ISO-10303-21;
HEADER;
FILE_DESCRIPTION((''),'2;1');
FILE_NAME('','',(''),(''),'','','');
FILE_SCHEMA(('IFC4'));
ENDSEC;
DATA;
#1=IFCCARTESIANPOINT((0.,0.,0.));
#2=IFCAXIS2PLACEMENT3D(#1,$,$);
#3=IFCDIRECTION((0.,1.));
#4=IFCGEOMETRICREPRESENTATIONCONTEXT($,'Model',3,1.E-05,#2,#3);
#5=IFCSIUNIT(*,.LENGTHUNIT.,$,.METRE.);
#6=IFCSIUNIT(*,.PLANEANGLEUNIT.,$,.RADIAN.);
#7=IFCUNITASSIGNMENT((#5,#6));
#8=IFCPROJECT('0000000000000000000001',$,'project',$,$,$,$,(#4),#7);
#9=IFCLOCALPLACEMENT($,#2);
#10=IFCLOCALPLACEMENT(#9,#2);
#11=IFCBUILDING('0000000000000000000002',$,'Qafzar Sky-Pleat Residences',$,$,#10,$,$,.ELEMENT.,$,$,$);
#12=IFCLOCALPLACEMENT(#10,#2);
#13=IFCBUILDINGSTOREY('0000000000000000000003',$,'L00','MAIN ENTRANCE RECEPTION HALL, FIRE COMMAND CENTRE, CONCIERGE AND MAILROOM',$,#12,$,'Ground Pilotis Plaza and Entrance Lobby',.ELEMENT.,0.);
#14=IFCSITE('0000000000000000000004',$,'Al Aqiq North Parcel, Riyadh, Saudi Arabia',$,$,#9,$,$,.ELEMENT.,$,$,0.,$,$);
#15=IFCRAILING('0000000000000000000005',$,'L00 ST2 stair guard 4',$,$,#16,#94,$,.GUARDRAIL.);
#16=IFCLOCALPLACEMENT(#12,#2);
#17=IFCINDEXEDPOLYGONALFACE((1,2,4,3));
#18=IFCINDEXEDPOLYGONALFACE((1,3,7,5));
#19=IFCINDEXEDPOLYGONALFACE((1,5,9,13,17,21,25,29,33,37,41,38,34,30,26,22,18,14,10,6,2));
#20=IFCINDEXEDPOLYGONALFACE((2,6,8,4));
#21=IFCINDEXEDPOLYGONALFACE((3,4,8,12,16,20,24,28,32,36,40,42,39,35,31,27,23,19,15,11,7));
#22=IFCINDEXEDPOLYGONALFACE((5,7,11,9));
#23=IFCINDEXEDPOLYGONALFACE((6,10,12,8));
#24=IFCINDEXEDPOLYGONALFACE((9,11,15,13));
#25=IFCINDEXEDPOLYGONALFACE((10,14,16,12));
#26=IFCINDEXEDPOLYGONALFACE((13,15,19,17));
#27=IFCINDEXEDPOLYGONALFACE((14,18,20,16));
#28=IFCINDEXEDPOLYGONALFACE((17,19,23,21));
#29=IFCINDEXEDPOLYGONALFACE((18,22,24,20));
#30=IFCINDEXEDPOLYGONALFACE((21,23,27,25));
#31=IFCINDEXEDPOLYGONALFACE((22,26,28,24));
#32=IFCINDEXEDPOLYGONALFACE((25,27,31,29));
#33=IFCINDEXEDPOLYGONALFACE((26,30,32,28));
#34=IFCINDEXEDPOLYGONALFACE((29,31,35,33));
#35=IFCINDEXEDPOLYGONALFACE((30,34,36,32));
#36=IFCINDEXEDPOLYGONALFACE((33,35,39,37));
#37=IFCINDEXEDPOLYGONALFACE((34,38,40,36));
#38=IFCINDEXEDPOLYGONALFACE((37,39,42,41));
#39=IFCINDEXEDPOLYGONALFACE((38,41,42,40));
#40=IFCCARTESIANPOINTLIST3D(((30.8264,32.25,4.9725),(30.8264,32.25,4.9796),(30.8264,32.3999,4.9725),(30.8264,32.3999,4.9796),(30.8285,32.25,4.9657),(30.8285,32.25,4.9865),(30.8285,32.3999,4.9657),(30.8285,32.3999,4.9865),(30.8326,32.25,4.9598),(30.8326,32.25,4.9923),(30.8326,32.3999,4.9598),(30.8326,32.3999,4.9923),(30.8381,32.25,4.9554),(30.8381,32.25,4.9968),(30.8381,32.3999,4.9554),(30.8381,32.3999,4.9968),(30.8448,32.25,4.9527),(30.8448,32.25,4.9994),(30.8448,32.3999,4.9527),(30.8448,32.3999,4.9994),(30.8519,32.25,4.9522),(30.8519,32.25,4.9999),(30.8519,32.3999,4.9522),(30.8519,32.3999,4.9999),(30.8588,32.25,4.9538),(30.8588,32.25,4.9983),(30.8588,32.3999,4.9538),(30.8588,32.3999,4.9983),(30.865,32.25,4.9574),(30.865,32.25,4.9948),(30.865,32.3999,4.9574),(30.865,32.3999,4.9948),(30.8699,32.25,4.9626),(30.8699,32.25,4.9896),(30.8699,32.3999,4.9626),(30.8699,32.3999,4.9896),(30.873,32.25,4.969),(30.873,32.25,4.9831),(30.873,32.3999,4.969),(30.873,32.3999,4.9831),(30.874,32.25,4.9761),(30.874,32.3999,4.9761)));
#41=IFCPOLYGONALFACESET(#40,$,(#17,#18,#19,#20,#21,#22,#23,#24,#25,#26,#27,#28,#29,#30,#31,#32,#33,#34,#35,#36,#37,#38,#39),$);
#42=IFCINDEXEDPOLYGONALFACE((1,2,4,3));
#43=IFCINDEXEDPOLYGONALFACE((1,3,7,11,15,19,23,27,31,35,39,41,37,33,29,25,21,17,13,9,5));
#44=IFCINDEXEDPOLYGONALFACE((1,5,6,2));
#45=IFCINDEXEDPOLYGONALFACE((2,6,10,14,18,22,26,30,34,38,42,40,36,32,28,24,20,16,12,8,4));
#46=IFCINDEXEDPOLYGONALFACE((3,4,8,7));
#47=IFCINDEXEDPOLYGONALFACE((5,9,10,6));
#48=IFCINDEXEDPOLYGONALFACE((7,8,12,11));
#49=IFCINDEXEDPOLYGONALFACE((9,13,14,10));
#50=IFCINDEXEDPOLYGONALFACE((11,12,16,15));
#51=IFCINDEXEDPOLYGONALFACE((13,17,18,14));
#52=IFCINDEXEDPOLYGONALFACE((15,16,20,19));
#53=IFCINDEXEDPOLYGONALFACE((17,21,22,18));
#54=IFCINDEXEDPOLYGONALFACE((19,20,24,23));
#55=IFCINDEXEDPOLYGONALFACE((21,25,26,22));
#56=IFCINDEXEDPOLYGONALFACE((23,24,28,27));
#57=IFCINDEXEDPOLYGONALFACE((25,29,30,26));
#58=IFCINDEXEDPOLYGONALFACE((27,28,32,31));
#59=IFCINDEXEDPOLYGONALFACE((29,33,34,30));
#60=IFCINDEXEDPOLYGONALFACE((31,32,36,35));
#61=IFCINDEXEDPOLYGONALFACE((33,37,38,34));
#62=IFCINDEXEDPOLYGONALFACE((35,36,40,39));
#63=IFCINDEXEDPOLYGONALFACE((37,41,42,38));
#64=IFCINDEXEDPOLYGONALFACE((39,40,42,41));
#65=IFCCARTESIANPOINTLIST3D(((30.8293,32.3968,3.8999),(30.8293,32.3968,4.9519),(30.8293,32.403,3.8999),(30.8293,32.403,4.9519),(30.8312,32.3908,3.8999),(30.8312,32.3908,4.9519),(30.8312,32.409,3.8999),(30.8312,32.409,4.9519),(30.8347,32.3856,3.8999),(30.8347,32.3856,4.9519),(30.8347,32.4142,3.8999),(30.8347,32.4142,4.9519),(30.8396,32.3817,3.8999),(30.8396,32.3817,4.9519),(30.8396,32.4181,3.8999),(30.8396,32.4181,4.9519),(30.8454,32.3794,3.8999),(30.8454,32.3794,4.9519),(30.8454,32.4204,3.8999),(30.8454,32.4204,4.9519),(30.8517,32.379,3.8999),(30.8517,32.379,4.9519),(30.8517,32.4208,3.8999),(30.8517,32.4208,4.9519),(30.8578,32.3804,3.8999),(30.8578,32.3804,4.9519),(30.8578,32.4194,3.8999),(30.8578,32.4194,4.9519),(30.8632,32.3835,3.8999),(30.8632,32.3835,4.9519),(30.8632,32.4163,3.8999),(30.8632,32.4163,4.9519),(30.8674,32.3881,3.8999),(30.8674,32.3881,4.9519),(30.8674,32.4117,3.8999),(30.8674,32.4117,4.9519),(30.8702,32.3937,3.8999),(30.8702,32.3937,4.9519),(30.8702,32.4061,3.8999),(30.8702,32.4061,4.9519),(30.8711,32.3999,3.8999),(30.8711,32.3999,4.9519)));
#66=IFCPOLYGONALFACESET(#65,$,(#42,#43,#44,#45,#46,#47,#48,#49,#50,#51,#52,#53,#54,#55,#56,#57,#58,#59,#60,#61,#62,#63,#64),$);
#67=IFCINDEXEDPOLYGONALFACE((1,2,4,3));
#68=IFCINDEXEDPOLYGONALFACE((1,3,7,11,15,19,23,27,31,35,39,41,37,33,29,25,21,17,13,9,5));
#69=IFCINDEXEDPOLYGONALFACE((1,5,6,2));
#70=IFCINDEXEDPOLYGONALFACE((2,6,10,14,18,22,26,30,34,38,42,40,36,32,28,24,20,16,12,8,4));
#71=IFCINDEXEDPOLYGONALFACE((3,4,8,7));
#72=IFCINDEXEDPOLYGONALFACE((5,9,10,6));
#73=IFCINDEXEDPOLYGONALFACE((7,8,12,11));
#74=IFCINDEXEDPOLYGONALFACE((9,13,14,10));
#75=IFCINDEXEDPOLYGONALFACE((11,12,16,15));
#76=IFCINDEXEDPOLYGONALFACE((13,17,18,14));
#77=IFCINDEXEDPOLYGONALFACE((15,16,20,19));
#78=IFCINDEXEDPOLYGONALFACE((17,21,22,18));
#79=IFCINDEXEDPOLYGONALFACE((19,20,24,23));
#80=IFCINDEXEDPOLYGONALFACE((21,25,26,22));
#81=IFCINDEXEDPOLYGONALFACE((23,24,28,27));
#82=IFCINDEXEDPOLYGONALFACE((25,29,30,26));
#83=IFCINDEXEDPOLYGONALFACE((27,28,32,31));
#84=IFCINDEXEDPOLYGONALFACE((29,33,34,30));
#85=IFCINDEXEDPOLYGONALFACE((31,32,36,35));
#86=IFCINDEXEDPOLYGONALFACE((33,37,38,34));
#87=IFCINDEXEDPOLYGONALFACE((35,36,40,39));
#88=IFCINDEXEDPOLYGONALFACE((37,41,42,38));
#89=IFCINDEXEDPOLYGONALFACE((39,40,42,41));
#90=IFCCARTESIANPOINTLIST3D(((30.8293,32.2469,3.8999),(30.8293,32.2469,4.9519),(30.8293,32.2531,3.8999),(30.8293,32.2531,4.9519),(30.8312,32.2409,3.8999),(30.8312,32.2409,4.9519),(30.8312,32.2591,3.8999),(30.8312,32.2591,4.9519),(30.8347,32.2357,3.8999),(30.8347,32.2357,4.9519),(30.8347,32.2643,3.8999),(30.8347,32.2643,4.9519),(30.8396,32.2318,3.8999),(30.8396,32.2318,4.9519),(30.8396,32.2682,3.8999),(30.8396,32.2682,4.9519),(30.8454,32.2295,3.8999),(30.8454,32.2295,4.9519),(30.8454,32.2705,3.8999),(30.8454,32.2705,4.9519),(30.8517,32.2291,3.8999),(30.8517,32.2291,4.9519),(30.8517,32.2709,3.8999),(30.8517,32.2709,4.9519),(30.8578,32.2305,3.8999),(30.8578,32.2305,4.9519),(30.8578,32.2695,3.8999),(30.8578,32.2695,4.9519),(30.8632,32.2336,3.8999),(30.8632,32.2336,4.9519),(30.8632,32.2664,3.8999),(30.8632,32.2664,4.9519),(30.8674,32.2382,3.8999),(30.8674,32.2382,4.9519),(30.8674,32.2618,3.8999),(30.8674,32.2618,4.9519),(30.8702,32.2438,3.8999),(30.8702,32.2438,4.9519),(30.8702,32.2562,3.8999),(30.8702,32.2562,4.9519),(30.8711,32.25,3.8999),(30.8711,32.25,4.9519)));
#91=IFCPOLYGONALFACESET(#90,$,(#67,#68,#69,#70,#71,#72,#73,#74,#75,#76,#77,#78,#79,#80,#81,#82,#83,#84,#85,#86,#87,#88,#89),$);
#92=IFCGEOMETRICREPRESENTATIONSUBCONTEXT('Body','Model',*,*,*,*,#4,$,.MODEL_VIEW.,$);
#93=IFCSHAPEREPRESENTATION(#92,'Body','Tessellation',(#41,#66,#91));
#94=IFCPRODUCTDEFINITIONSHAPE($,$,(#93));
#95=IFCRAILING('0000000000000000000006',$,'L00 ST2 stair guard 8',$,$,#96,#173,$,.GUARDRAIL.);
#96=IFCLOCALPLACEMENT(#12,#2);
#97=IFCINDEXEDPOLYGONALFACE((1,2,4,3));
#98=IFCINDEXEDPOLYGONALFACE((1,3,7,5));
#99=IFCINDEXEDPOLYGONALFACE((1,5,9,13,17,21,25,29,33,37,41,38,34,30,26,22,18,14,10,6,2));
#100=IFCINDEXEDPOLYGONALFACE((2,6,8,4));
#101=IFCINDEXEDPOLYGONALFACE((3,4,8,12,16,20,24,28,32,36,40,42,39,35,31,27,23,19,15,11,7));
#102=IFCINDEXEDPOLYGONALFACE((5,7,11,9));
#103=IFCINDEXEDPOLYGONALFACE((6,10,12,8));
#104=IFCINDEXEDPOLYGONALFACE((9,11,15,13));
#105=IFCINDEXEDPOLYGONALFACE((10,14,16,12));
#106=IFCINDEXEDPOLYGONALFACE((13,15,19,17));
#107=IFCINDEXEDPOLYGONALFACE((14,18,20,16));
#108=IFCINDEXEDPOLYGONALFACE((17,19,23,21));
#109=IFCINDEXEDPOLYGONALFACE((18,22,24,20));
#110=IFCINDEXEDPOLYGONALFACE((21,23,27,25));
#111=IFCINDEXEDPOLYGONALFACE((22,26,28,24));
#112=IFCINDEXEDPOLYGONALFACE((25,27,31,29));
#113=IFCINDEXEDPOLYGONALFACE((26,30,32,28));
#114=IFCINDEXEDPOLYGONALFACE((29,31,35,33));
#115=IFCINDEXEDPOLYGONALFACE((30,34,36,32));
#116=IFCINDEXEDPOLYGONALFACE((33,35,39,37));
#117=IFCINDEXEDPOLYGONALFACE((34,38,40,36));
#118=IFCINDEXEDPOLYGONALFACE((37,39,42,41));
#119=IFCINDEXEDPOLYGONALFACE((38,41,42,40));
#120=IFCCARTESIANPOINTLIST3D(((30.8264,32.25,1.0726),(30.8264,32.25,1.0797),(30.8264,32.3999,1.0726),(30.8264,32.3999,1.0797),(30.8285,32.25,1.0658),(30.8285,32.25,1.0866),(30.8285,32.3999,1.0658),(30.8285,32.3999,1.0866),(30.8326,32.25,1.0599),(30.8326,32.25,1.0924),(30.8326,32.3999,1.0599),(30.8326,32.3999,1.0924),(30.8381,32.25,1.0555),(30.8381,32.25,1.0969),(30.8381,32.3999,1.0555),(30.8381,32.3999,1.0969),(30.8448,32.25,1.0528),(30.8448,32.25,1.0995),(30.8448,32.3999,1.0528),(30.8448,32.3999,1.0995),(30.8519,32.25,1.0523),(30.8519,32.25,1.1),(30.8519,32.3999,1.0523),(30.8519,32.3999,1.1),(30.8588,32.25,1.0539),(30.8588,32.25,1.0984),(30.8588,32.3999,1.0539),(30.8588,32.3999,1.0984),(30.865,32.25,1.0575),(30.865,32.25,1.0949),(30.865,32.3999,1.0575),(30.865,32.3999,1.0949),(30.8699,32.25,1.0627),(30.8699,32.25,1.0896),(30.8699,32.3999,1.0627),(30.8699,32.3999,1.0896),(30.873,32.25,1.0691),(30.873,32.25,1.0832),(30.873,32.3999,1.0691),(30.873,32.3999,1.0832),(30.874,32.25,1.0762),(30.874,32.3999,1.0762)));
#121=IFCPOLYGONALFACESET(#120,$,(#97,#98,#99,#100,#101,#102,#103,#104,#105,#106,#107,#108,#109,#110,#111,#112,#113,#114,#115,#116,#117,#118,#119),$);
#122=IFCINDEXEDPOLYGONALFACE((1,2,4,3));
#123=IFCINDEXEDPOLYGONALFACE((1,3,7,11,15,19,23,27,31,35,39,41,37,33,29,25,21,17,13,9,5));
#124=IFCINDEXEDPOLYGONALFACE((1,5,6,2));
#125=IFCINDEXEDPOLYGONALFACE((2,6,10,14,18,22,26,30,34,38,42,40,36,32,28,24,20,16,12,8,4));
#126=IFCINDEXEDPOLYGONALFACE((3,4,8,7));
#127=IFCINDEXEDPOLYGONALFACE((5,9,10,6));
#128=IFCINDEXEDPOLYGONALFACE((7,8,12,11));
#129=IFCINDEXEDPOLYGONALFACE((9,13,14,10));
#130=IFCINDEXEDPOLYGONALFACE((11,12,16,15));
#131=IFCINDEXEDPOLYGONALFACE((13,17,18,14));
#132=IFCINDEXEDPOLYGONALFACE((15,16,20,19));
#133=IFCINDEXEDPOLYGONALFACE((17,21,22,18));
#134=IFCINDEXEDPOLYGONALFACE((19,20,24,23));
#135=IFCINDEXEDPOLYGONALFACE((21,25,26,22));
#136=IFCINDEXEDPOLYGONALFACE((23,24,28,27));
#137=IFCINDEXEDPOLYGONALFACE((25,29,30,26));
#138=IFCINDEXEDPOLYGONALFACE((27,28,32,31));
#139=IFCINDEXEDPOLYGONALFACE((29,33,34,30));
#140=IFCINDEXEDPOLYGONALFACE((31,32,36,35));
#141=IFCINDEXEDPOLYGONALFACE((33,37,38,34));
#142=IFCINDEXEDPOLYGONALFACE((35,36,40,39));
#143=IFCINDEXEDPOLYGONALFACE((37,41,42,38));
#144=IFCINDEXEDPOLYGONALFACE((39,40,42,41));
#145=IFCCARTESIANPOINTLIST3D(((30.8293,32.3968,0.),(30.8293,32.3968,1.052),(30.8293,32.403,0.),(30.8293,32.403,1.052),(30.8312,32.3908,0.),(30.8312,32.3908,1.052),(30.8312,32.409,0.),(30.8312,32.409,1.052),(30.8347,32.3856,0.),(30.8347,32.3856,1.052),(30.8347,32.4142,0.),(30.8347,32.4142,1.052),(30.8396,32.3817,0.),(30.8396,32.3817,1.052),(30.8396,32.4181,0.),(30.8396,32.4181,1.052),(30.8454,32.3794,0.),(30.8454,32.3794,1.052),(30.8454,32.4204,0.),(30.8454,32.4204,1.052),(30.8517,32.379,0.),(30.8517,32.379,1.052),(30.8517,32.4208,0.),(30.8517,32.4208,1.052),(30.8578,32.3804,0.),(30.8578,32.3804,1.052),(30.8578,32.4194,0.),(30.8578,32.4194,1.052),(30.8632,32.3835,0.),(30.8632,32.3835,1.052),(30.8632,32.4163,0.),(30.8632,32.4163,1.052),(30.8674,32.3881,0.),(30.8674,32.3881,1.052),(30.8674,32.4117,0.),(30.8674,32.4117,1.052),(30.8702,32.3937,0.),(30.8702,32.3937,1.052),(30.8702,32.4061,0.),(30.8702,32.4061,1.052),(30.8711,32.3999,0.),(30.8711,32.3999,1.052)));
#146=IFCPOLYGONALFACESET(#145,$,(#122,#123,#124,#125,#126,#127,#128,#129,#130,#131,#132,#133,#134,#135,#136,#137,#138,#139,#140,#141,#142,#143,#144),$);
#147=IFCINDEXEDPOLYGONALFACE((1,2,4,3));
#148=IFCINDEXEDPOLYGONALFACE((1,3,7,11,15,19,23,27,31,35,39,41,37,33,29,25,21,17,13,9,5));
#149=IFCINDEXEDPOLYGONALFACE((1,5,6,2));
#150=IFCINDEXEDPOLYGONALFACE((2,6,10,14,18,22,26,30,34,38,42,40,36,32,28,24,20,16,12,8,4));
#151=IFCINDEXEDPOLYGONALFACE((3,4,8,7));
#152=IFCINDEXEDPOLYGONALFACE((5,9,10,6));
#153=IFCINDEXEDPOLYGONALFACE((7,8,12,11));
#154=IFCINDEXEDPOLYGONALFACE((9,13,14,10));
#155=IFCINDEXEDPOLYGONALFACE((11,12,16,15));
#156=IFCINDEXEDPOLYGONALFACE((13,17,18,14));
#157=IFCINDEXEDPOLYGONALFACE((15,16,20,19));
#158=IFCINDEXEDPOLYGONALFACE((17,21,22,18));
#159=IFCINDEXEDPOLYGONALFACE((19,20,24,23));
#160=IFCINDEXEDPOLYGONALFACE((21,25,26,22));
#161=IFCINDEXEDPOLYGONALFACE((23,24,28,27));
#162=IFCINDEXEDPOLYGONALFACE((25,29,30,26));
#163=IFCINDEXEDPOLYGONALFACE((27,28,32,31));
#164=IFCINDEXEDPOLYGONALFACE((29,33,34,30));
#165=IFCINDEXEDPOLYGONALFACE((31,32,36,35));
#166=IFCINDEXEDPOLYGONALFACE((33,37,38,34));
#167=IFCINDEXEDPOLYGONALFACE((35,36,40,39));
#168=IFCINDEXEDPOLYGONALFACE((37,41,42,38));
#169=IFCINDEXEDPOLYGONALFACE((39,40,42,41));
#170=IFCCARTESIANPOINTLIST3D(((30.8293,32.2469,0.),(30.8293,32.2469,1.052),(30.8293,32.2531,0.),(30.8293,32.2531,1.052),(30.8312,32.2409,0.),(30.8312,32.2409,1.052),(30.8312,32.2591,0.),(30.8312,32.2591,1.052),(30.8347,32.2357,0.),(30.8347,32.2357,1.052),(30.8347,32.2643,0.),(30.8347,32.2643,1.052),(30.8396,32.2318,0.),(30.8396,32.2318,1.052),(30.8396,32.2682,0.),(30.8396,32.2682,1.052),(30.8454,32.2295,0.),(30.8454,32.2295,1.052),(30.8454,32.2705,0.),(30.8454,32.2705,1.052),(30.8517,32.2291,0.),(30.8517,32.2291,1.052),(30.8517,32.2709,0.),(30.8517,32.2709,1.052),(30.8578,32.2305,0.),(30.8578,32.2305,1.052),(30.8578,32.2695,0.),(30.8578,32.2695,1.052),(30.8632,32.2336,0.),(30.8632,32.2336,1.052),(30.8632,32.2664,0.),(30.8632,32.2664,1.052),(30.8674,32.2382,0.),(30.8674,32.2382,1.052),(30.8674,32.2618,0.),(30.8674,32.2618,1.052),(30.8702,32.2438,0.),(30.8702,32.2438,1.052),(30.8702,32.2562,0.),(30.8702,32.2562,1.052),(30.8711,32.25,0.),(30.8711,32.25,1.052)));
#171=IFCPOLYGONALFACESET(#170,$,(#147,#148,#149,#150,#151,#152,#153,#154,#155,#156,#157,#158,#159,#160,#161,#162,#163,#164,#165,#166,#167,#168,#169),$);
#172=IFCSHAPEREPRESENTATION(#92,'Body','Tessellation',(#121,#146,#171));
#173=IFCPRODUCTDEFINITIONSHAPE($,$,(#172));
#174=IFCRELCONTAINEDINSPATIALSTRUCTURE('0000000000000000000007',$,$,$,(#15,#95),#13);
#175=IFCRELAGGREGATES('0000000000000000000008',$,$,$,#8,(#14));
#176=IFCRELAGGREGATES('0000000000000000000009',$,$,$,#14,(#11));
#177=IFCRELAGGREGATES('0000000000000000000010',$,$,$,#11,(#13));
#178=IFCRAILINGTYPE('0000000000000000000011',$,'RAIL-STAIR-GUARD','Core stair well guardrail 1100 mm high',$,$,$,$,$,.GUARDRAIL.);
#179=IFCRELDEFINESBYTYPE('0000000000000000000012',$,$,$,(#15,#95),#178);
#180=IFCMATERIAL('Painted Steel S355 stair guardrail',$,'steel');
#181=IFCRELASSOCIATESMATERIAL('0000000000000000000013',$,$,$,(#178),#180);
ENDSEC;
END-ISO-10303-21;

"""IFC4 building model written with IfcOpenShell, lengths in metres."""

from ifc_helpers import new_model, si_unit, direction, frame, origin, origin_2d, place, context, subcontext, project, spatial, circle, extrude, source, transform, mapped, material, type_object, element, save


model = new_model("IFC4")

# Units and contexts
model_context = context("Model", 3, precision=1e-05, world=origin(), true_north=direction((0.0, 1.0)))
body_context = subcontext(model_context, "Body", "Model", "MODEL_VIEW")
ifc_project = project(units=[si_unit("LENGTHUNIT", "METRE"), si_unit("PLANEANGLEUNIT", "RADIAN")], contexts=[model_context])

# Site, building, storey
site_placement = place(None, origin())
site = spatial("IfcSite", under=ifc_project, at=site_placement, Name="Al Aqiq North Parcel, Riyadh, Saudi Arabia", CompositionType="ELEMENT", RefElevation=0.0)
building_placement = place(site_placement, origin())
building = spatial("IfcBuilding", under=site, at=building_placement, Name="Qafzar Sky-Pleat Residences", CompositionType="ELEMENT")
storey_placement = place(building_placement, origin())
storey = spatial("IfcBuildingStorey", under=building, at=storey_placement, Name="L00", Description="MAIN ENTRANCE RECEPTION HALL, FIRE COMMAND CENTRE, CONCIERGE AND MAILROOM", LongName="Ground Pilotis Plaza and Entrance Lobby", CompositionType="ELEMENT", Elevation=0.0)

# Railings
ifc_material_1 = material(Name="Painted Steel S355 stair guardrail", Category="steel")
railing_type_1 = type_object("IfcRailingType", Name="RAIL-STAIR-GUARD", Description="Core stair well guardrail 1100 mm high", PredefinedType="GUARDRAIL", material=ifc_material_1)
shared_shape_1 = source(origin(), body_context, "Body", "SweptSolid", [
    extrude(circle(Radius=0.0239, at=origin_2d()), frame((0.0, 0.0, 1.0762), z_axis=(0.0, -1.0, 0.0), x_axis=(1.0, 0.0, 0.0)), (0.0, 0.0, 1.0), 0.1499),
    extrude(circle(Radius=0.021, at=origin_2d()), origin(), (0.0, 0.0, 1.0), 1.052),
    extrude(circle(Radius=0.021, at=origin_2d()), frame((0.0, -0.1499, 0.0)), (0.0, 0.0, 1.0), 1.052),
])
for number, where, name in (
    (1, (30.8501, 32.3999, 3.8999), "L00 ST2 stair guard 4"),
    (2, (30.8501, 32.3999, 0.0), "L00 ST2 stair guard 8"),
):
    element("IfcRailing", number, at=place(storey_placement, frame(where)), inside=storey, type_object=railing_type_1, Name=name, PredefinedType="GUARDRAIL", context=body_context, shape_type="MappedRepresentation", body=[
        mapped(shared_shape_1, transform((0.0, 0.0, 0.0), x_axis=(1.0, 0.0, 0.0), y_axis=(0.0, 1.0, 0.0), z_axis=(0.0, 0.0, 1.0), scale=1.0)),
    ])

save(model, "model.ifc")
